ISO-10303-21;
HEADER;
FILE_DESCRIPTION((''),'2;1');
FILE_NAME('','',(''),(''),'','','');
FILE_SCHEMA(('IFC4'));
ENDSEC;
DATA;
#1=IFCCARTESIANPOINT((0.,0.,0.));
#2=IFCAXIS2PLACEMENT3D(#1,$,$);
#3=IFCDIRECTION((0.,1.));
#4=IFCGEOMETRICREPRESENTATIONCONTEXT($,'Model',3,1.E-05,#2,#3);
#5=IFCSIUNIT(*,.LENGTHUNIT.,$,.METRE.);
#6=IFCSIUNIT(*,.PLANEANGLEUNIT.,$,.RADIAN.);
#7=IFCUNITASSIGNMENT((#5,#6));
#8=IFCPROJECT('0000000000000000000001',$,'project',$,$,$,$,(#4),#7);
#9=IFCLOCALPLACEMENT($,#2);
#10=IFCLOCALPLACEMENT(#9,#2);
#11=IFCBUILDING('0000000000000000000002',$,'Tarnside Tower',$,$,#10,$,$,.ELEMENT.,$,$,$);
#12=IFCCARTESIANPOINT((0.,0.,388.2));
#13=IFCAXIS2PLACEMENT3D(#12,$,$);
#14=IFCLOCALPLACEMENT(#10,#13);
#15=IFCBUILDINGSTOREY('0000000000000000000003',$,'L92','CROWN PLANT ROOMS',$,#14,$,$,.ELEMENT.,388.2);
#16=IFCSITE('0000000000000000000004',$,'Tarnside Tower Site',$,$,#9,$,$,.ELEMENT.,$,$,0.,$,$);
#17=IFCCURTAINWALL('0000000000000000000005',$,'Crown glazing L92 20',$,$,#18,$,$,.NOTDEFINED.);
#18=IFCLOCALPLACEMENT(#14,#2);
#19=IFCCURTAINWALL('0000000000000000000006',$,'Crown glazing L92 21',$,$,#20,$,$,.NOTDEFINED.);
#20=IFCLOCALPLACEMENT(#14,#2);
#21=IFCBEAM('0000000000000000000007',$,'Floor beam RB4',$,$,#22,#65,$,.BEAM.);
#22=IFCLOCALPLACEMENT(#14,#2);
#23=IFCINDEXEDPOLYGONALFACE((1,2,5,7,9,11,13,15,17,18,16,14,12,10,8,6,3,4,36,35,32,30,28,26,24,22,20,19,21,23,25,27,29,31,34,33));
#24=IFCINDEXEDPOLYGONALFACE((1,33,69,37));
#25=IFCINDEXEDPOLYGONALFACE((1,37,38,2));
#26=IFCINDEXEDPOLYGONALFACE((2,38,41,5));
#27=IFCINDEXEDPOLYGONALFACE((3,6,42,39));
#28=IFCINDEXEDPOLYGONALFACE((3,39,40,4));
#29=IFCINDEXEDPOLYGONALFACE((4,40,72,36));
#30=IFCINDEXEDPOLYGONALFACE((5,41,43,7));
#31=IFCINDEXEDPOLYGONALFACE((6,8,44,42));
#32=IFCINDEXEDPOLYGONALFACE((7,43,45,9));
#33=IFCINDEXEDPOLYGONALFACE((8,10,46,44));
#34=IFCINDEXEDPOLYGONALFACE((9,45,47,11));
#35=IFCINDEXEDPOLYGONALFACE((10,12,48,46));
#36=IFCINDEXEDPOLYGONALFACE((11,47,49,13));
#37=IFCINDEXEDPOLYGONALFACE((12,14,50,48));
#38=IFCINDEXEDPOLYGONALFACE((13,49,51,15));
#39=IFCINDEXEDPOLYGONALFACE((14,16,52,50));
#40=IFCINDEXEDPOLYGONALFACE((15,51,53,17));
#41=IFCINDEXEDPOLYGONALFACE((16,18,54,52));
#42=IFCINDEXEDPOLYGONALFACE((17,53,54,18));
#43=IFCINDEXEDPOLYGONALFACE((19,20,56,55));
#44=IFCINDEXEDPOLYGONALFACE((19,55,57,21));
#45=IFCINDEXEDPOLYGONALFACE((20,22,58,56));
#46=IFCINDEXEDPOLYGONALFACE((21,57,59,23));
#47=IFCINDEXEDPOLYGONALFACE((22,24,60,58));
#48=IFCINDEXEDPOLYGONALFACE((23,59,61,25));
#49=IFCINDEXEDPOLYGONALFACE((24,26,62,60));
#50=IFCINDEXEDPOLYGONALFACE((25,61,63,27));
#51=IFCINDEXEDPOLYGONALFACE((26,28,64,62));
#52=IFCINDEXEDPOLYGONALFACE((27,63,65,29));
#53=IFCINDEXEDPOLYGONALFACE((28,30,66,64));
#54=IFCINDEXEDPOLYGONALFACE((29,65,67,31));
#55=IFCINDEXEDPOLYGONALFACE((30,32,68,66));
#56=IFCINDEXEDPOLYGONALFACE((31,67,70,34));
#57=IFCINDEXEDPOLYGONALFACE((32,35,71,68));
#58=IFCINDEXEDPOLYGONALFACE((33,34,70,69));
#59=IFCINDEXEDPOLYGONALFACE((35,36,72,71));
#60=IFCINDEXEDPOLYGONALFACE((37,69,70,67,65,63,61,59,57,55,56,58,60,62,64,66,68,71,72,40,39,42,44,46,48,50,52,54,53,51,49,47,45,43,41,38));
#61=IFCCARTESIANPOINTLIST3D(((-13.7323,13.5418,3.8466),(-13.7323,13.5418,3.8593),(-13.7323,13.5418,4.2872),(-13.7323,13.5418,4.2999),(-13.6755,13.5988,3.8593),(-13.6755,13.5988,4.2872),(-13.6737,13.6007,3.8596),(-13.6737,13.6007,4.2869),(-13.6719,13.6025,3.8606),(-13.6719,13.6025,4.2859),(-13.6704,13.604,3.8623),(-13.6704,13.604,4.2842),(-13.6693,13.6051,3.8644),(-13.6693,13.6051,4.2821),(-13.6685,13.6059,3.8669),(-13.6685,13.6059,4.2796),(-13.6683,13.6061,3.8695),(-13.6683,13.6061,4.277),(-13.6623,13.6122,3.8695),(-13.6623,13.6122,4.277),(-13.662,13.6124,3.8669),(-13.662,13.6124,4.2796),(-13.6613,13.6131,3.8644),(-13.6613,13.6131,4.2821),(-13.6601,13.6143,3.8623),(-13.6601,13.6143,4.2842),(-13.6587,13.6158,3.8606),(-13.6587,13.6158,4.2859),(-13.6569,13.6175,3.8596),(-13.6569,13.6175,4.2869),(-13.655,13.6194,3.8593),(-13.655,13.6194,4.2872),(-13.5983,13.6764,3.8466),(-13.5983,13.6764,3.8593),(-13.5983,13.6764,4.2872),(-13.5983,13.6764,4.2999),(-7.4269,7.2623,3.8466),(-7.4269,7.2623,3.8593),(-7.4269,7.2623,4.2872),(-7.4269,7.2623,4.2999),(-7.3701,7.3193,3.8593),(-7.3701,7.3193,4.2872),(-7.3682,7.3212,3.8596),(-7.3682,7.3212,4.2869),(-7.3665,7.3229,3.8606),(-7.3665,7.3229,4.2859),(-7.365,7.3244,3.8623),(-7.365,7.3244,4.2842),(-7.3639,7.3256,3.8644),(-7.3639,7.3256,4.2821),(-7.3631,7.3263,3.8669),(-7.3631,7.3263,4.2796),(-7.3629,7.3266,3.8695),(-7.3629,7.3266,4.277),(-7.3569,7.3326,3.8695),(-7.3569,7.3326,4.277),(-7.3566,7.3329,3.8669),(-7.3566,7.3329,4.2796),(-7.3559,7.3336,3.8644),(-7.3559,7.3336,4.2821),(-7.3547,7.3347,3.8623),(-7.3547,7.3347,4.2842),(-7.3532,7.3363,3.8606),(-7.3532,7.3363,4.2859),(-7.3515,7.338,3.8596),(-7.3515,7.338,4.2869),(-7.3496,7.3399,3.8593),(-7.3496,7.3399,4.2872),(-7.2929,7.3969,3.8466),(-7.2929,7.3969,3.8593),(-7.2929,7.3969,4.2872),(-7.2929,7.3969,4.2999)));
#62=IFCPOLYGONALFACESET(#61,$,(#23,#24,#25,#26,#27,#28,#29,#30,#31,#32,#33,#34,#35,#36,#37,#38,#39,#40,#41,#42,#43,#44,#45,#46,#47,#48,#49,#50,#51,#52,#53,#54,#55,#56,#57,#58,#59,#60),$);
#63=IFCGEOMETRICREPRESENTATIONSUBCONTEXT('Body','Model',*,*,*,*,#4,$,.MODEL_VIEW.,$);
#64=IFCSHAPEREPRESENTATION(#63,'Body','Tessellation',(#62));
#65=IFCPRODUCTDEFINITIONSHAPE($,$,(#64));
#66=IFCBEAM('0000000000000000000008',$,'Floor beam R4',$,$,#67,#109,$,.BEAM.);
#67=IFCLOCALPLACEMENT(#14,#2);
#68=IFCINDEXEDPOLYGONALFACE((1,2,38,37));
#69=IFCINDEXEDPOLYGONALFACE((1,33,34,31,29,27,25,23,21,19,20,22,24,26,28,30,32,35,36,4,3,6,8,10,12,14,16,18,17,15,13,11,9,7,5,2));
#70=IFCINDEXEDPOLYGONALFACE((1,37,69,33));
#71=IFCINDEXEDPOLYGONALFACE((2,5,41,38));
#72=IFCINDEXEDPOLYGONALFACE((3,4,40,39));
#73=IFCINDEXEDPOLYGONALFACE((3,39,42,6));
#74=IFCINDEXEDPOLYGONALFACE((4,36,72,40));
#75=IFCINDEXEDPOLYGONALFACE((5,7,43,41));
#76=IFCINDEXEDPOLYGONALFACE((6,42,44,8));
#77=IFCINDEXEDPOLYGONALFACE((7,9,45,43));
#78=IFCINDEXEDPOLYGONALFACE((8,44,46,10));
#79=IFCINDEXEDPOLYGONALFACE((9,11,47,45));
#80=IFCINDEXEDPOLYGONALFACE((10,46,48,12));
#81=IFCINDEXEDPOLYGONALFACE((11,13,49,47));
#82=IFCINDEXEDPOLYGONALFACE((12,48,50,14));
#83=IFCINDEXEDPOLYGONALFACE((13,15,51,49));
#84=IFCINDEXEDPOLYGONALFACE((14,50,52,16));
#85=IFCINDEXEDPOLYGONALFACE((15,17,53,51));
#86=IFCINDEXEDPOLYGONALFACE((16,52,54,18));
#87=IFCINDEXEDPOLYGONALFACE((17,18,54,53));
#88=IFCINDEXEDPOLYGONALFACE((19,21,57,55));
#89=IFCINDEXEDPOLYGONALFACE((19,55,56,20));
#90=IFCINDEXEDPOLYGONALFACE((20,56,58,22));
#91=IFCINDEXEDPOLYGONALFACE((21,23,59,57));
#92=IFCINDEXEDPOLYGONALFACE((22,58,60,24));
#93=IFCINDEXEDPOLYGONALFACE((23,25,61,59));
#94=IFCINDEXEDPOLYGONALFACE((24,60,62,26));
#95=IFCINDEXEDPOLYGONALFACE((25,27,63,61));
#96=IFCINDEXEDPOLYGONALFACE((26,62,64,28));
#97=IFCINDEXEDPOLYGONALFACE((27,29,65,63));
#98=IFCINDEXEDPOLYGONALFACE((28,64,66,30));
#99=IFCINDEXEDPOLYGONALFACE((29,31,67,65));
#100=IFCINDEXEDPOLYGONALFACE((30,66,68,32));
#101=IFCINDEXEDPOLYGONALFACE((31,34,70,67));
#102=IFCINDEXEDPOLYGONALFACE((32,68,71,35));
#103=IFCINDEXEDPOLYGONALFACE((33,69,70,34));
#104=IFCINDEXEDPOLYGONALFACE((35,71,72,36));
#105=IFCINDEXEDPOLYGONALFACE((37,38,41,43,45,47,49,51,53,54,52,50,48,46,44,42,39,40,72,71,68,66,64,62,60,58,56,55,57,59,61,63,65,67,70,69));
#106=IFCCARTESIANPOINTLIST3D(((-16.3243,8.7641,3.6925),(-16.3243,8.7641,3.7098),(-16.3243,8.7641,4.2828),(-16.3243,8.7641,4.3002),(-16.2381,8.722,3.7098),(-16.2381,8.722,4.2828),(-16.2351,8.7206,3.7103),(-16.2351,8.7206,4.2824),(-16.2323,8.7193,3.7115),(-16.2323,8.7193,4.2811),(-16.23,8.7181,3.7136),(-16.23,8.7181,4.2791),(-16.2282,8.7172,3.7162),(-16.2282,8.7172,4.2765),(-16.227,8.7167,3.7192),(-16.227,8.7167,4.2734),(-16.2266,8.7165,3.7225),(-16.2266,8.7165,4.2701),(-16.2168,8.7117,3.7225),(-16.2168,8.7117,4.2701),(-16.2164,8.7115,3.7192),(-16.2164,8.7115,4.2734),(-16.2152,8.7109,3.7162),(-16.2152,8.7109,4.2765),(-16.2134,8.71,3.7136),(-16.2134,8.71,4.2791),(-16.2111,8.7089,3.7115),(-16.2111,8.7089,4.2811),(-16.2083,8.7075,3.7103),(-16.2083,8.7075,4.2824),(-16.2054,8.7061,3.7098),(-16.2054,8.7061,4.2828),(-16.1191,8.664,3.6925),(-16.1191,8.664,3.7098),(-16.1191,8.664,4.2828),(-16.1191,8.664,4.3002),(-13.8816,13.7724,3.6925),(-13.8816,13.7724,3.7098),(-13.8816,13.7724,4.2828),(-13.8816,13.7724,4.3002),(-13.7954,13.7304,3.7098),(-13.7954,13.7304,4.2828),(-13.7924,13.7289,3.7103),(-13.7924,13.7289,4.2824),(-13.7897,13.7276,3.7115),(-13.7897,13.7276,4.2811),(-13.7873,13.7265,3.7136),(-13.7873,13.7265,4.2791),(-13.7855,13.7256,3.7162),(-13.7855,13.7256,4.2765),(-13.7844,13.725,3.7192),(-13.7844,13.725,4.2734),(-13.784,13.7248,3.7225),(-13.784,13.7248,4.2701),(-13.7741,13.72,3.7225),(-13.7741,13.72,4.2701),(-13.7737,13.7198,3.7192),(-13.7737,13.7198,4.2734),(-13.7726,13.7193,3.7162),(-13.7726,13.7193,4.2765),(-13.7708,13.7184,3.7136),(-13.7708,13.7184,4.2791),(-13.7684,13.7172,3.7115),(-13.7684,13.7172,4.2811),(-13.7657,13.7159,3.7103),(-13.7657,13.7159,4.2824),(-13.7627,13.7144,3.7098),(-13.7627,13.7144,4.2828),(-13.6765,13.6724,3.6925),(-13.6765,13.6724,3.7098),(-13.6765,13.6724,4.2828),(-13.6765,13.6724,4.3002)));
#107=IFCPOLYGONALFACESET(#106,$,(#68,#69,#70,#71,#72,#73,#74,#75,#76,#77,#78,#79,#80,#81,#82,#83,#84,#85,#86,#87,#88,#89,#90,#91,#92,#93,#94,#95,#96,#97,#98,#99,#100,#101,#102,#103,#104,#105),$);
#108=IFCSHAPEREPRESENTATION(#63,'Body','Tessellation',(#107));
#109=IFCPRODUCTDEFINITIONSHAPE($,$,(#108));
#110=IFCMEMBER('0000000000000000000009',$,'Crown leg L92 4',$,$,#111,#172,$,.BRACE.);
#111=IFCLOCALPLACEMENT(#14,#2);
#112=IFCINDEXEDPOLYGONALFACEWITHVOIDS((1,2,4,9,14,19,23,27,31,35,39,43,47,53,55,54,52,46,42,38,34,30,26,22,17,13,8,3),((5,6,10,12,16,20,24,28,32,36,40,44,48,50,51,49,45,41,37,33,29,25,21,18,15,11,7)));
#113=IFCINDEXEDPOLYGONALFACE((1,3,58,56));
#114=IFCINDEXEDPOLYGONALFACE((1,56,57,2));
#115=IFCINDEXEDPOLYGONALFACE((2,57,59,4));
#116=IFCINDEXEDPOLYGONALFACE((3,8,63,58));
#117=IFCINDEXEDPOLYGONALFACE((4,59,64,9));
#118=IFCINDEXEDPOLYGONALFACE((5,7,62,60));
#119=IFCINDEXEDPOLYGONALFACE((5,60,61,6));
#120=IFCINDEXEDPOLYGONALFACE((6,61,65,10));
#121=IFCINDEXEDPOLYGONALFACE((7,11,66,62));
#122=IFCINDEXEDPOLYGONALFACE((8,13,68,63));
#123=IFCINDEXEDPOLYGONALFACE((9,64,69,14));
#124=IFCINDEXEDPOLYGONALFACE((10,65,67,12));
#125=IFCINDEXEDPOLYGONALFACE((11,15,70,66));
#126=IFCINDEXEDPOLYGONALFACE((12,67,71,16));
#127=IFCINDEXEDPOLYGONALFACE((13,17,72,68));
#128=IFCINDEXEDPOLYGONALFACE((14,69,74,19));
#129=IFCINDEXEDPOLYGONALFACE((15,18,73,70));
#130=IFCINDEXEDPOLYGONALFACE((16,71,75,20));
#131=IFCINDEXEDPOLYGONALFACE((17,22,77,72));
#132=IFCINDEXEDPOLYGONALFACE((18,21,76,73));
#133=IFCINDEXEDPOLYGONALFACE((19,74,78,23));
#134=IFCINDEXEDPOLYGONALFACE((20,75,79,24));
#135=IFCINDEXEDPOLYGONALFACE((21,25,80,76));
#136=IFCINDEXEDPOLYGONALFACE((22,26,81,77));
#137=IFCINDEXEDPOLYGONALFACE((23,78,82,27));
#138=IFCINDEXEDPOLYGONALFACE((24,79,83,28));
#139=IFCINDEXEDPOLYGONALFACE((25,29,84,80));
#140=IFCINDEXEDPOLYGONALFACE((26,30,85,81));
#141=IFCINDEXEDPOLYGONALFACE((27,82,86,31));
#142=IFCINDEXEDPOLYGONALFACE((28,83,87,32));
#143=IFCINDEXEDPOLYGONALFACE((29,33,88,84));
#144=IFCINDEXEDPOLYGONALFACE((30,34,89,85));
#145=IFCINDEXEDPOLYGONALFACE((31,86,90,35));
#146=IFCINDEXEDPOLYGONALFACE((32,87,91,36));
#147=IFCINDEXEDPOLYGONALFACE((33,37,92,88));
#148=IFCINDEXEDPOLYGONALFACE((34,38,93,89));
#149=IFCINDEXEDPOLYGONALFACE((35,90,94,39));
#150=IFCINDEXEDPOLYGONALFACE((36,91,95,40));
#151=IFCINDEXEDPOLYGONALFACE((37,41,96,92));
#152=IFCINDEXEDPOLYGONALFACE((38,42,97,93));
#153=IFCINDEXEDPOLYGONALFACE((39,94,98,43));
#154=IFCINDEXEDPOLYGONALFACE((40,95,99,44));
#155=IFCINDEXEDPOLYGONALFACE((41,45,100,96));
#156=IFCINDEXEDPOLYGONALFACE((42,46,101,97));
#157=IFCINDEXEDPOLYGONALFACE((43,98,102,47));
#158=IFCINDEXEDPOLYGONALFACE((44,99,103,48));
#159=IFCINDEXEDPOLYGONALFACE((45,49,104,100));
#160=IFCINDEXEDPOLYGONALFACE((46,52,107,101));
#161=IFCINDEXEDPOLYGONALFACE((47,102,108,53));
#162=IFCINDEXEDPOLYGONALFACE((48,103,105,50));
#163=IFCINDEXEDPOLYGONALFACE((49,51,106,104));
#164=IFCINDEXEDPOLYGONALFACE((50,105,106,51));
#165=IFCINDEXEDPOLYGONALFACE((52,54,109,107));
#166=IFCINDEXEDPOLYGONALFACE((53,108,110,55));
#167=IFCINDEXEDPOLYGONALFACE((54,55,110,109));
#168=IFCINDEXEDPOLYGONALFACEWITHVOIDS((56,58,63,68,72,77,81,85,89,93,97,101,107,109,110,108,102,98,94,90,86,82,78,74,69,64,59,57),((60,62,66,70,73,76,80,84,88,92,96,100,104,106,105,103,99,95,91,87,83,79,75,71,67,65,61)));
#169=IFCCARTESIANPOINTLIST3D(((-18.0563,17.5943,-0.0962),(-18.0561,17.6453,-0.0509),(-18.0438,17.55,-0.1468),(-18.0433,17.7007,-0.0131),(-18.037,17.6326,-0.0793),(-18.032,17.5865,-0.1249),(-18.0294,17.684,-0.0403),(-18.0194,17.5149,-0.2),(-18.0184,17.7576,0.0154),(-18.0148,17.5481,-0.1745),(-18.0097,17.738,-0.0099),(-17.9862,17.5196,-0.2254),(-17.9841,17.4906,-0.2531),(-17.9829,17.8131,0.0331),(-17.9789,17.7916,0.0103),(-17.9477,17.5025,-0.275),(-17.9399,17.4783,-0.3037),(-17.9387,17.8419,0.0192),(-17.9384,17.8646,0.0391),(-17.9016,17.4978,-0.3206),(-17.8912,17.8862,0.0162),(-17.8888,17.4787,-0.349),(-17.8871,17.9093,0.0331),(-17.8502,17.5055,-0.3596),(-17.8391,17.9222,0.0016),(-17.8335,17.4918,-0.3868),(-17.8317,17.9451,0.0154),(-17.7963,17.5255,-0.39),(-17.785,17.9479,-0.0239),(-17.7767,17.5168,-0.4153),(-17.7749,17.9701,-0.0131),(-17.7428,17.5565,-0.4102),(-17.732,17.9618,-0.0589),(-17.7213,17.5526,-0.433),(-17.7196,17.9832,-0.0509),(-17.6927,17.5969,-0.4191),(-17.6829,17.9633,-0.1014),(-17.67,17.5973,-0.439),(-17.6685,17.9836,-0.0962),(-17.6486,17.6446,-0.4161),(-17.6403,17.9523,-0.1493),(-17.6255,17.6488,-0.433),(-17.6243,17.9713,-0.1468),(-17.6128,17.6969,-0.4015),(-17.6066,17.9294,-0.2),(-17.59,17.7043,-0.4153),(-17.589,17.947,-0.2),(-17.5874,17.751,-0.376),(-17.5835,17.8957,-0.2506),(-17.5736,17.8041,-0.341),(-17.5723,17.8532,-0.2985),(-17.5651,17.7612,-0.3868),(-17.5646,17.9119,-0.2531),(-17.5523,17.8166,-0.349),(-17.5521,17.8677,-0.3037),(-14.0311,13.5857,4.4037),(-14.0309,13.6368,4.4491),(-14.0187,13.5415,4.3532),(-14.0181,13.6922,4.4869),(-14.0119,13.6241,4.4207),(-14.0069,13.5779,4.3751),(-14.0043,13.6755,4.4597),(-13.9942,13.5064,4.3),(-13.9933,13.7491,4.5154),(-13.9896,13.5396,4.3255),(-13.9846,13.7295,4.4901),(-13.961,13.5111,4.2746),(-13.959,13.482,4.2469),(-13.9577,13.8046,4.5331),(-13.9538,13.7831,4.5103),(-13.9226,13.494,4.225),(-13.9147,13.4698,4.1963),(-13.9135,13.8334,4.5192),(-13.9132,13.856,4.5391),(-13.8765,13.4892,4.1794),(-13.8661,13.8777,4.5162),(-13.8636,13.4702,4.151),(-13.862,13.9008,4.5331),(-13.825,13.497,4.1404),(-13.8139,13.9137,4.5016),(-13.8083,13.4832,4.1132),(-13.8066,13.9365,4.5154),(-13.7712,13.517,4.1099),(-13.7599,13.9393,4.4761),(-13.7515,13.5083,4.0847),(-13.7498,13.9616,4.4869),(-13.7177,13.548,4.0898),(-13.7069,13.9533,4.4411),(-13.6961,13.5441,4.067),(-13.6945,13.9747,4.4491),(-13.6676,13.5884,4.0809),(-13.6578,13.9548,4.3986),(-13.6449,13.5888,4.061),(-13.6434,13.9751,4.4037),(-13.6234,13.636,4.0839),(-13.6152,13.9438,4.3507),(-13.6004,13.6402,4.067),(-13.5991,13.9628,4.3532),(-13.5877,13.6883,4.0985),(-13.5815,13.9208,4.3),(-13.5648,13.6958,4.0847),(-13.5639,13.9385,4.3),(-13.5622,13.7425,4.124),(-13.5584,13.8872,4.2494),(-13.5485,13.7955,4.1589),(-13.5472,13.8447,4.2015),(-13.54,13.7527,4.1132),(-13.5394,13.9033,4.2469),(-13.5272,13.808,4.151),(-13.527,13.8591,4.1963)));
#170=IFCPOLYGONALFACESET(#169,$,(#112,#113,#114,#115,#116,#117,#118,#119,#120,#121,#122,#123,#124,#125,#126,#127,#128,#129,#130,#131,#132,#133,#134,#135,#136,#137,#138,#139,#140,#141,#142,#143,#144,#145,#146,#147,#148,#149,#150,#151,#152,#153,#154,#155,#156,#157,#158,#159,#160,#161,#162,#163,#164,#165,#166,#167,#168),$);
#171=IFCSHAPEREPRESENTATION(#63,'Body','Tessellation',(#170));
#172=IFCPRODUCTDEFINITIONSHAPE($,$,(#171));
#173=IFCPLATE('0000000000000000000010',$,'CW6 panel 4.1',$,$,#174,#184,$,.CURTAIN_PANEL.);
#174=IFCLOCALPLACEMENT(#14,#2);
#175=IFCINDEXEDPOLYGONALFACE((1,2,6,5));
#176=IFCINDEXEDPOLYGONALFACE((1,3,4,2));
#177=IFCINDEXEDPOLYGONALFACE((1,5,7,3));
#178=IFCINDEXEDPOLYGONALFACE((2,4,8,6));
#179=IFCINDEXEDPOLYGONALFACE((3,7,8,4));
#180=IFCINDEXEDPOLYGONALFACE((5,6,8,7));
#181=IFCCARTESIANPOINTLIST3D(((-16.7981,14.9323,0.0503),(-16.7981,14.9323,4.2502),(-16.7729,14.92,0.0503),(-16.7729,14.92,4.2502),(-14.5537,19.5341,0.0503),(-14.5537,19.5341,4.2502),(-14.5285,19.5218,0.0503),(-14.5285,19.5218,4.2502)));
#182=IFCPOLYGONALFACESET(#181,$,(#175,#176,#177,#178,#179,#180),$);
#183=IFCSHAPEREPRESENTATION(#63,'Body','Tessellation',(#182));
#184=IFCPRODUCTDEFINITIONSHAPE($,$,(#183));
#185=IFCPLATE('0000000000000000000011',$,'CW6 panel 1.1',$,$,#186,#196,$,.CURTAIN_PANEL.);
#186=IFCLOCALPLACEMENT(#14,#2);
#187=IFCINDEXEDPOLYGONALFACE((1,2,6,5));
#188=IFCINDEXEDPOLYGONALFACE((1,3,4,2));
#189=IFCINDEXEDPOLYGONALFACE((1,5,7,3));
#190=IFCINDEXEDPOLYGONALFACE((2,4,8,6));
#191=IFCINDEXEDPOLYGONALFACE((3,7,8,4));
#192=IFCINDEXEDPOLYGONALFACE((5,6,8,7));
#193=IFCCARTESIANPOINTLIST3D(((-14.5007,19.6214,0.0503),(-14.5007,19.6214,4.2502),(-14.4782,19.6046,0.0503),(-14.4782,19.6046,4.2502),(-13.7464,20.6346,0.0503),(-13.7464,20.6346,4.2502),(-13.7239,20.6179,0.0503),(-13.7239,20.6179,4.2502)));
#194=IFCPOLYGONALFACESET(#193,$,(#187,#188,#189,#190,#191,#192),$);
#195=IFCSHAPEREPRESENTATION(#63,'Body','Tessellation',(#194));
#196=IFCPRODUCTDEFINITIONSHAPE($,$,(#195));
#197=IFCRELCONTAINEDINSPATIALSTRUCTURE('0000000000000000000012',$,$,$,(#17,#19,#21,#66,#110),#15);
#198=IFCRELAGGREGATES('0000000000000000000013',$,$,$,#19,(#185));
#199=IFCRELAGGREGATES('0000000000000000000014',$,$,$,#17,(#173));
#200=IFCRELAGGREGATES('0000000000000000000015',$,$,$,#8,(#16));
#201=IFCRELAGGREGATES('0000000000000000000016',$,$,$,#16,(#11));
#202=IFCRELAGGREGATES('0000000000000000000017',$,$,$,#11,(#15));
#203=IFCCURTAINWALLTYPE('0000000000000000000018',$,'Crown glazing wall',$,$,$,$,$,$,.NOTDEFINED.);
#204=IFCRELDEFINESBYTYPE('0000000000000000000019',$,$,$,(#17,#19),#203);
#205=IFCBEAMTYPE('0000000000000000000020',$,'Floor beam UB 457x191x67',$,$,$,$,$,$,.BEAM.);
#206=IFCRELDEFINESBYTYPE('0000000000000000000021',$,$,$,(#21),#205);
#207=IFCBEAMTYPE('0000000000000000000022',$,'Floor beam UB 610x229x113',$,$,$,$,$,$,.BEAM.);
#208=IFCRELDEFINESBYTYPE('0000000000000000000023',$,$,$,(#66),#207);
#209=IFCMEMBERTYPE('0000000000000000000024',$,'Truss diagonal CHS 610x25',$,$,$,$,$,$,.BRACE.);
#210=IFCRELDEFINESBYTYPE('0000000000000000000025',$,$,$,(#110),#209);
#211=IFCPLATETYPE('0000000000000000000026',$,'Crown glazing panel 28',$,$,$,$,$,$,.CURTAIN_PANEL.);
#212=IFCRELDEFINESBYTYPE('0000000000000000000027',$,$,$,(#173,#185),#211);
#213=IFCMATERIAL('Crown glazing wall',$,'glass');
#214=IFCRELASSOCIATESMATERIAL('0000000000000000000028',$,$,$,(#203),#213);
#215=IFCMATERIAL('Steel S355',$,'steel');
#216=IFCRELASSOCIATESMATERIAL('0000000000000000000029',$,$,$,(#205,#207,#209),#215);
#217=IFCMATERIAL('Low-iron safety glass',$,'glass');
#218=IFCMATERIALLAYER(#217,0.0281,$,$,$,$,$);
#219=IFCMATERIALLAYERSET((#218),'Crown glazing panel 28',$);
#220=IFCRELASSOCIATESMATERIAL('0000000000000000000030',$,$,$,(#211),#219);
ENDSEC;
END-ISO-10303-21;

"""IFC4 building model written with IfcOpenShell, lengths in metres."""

from ifc_helpers import new_model, si_unit, direction, frame, origin, origin_2d, place, context, subcontext, project, spatial, rectangle, hollow_circle, i_section, extrude, material, layer, layer_set, material_profile, profile_set, type_object, element, aggregate, save


model = new_model("IFC4")

# Units and contexts
model_context = context("Model", 3, precision=1e-05, world=origin(), true_north=direction((0.0, 1.0)))
body_context = subcontext(model_context, "Body", "Model", "MODEL_VIEW")
ifc_project = project(units=[si_unit("LENGTHUNIT", "METRE"), si_unit("PLANEANGLEUNIT", "RADIAN")], contexts=[model_context])

# Site, building, storey
site_placement = place(None, origin())
site = spatial("IfcSite", under=ifc_project, at=site_placement, Name="Tarnside Tower Site", CompositionType="ELEMENT", RefElevation=0.0)
building_placement = place(site_placement, origin())
building = spatial("IfcBuilding", under=site, at=building_placement, Name="Tarnside Tower", CompositionType="ELEMENT")
storey_placement = place(building_placement, frame((0.0, 0.0, 388.2)))
storey = spatial("IfcBuildingStorey", under=building, at=storey_placement, Name="L92", Description="CROWN PLANT ROOMS", CompositionType="ELEMENT", Elevation=388.2)

# Curtain walls
ifc_material_1 = material(Name="Crown glazing wall", Category="glass")
curtain_wall_type = type_object("IfcCurtainWallType", Name="Crown glazing wall", PredefinedType="NOTDEFINED", material=ifc_material_1)
curtain_wall_1_placement = place(storey_placement, origin())
curtain_wall_1 = element("IfcCurtainWall", 1, at=curtain_wall_1_placement, inside=storey, type_object=curtain_wall_type, Name="Crown glazing L92 20", PredefinedType="NOTDEFINED")
curtain_wall_2_placement = place(storey_placement, origin())
curtain_wall_2 = element("IfcCurtainWall", 2, at=curtain_wall_2_placement, inside=storey, type_object=curtain_wall_type, Name="Crown glazing L92 21", PredefinedType="NOTDEFINED")

# Beams
ifc_material_2 = material(Name="Steel S355", Category="steel")
ifc_material_profile_1 = material_profile(ifc_material_2, i_section(OverallWidth=0.1899, OverallDepth=0.4534, WebThickness=0.0085, FlangeThickness=0.0127, FilletRadius=0.0103, at=origin_2d()), Name="UB 457x191x67")
ifc_profile_set_1 = profile_set([ifc_material_profile_1], Name="Steel S355")
beam_type_1 = type_object("IfcBeamType", Name="Floor beam UB 457x191x67", PredefinedType="BEAM", material=ifc_profile_set_1)
beam_1_placement = place(storey_placement, frame((-13.6653, 13.6091, 4.0732), z_axis=(0.708559, -0.705651, 0.0), x_axis=(0.705651, 0.708559, 0.0)))
element("IfcBeam", 3, at=beam_1_placement, inside=storey, type_object=beam_type_1, Name="Floor beam RB4", PredefinedType="BEAM", context=body_context, shape_type="SweptSolid", body=[
    extrude(i_section(OverallWidth=0.1899, OverallDepth=0.4534, WebThickness=0.0085, FlangeThickness=0.0127, FilletRadius=0.0103, at=origin_2d()), origin(), (0.0, 0.0, 1.0), 8.8989),
])
ifc_material_profile_2 = material_profile(ifc_material_2, i_section(OverallWidth=0.2283, OverallDepth=0.6077, WebThickness=0.011, FlangeThickness=0.0173, FilletRadius=0.0127, at=origin_2d()), Name="UB 610x229x113")
ifc_profile_set_2 = profile_set([ifc_material_profile_2], Name="Steel S355")
beam_type_2 = type_object("IfcBeamType", Name="Floor beam UB 610x229x113", PredefinedType="BEAM", material=ifc_profile_set_2)
beam_2_placement = place(storey_placement, frame((-13.7791, 13.7224, 3.9963), z_axis=(-0.438359, -0.8988, 0.0), x_axis=(0.8988, -0.438359, 0.0)))
element("IfcBeam", 4, at=beam_2_placement, inside=storey, type_object=beam_type_2, Name="Floor beam R4", PredefinedType="BEAM", context=body_context, shape_type="SweptSolid", body=[
    extrude(i_section(OverallWidth=0.2283, OverallDepth=0.6077, WebThickness=0.011, FlangeThickness=0.0173, FilletRadius=0.0127, at=origin_2d()), origin(), (0.0, 0.0, 1.0), 5.5723),
])

# Member
ifc_material_profile_3 = material_profile(ifc_material_2, hollow_circle(Radius=0.3049, WallThickness=0.0249, at=origin_2d()), Name="CHS 610x25")
ifc_profile_set_3 = profile_set([ifc_material_profile_3], Name="Steel S355")
member_type_1 = type_object("IfcMemberType", Name="Truss diagonal CHS 610x25", PredefinedType="BRACE", material=ifc_profile_set_3)
member_1_placement = place(storey_placement, frame((-17.8042, 17.731, -0.2), z_axis=(0.555416, -0.553125, 0.620939), x_axis=(0.705644, 0.708566, 0.0)))
element("IfcMember", 5, at=member_1_placement, inside=storey, type_object=member_type_1, Name="Crown leg L92 4", PredefinedType="BRACE", context=body_context, shape_type="SweptSolid", body=[
    extrude(hollow_circle(Radius=0.3049, WallThickness=0.0249, at=origin_2d()), origin(), (0.0, 0.0, 1.0), 7.2471),
])

# Plates
ifc_material_3 = material(Name="Low-iron safety glass", Category="glass")
ifc_layer_1 = layer(ifc_material_3, 0.0281)
ifc_layer_set_1 = layer_set([ifc_layer_1], Name="Crown glazing panel 28")
plate_type_1 = type_object("IfcPlateType", Name="Crown glazing panel 28", PredefinedType="CURTAIN_PANEL", material=ifc_layer_set_1)
plate_1_placement = place(storey_placement, frame((-15.6633, 17.2271, 0.0503), z_axis=(0.0, 0.0, 1.0), x_axis=(0.438371, 0.898794, 0.0)))
plate_1 = element("IfcPlate", 6, at=plate_1_placement, type_object=plate_type_1, Name="CW6 panel 4.1", PredefinedType="CURTAIN_PANEL", context=body_context, shape_type="SweptSolid", body=[
    extrude(rectangle(XDim=5.1199, YDim=0.0281, at=origin_2d()), origin(), (0.0, 0.0, 1.0), 4.2),
])
plate_2_placement = place(storey_placement, frame((-14.1123, 20.1196, 0.0503), z_axis=(0.0, 0.0, 1.0), x_axis=(0.597159, 0.802123, 0.0)))
plate_2 = element("IfcPlate", 7, at=plate_2_placement, type_object=plate_type_1, Name="CW6 panel 1.1", PredefinedType="CURTAIN_PANEL", context=body_context, shape_type="SweptSolid", body=[
    extrude(rectangle(XDim=1.2632, YDim=0.0281, at=origin_2d()), origin(), (0.0, 0.0, 1.0), 4.2),
])
aggregate(curtain_wall_2, [plate_2])
aggregate(curtain_wall_1, [plate_1])

save(model, "model.ifc")
